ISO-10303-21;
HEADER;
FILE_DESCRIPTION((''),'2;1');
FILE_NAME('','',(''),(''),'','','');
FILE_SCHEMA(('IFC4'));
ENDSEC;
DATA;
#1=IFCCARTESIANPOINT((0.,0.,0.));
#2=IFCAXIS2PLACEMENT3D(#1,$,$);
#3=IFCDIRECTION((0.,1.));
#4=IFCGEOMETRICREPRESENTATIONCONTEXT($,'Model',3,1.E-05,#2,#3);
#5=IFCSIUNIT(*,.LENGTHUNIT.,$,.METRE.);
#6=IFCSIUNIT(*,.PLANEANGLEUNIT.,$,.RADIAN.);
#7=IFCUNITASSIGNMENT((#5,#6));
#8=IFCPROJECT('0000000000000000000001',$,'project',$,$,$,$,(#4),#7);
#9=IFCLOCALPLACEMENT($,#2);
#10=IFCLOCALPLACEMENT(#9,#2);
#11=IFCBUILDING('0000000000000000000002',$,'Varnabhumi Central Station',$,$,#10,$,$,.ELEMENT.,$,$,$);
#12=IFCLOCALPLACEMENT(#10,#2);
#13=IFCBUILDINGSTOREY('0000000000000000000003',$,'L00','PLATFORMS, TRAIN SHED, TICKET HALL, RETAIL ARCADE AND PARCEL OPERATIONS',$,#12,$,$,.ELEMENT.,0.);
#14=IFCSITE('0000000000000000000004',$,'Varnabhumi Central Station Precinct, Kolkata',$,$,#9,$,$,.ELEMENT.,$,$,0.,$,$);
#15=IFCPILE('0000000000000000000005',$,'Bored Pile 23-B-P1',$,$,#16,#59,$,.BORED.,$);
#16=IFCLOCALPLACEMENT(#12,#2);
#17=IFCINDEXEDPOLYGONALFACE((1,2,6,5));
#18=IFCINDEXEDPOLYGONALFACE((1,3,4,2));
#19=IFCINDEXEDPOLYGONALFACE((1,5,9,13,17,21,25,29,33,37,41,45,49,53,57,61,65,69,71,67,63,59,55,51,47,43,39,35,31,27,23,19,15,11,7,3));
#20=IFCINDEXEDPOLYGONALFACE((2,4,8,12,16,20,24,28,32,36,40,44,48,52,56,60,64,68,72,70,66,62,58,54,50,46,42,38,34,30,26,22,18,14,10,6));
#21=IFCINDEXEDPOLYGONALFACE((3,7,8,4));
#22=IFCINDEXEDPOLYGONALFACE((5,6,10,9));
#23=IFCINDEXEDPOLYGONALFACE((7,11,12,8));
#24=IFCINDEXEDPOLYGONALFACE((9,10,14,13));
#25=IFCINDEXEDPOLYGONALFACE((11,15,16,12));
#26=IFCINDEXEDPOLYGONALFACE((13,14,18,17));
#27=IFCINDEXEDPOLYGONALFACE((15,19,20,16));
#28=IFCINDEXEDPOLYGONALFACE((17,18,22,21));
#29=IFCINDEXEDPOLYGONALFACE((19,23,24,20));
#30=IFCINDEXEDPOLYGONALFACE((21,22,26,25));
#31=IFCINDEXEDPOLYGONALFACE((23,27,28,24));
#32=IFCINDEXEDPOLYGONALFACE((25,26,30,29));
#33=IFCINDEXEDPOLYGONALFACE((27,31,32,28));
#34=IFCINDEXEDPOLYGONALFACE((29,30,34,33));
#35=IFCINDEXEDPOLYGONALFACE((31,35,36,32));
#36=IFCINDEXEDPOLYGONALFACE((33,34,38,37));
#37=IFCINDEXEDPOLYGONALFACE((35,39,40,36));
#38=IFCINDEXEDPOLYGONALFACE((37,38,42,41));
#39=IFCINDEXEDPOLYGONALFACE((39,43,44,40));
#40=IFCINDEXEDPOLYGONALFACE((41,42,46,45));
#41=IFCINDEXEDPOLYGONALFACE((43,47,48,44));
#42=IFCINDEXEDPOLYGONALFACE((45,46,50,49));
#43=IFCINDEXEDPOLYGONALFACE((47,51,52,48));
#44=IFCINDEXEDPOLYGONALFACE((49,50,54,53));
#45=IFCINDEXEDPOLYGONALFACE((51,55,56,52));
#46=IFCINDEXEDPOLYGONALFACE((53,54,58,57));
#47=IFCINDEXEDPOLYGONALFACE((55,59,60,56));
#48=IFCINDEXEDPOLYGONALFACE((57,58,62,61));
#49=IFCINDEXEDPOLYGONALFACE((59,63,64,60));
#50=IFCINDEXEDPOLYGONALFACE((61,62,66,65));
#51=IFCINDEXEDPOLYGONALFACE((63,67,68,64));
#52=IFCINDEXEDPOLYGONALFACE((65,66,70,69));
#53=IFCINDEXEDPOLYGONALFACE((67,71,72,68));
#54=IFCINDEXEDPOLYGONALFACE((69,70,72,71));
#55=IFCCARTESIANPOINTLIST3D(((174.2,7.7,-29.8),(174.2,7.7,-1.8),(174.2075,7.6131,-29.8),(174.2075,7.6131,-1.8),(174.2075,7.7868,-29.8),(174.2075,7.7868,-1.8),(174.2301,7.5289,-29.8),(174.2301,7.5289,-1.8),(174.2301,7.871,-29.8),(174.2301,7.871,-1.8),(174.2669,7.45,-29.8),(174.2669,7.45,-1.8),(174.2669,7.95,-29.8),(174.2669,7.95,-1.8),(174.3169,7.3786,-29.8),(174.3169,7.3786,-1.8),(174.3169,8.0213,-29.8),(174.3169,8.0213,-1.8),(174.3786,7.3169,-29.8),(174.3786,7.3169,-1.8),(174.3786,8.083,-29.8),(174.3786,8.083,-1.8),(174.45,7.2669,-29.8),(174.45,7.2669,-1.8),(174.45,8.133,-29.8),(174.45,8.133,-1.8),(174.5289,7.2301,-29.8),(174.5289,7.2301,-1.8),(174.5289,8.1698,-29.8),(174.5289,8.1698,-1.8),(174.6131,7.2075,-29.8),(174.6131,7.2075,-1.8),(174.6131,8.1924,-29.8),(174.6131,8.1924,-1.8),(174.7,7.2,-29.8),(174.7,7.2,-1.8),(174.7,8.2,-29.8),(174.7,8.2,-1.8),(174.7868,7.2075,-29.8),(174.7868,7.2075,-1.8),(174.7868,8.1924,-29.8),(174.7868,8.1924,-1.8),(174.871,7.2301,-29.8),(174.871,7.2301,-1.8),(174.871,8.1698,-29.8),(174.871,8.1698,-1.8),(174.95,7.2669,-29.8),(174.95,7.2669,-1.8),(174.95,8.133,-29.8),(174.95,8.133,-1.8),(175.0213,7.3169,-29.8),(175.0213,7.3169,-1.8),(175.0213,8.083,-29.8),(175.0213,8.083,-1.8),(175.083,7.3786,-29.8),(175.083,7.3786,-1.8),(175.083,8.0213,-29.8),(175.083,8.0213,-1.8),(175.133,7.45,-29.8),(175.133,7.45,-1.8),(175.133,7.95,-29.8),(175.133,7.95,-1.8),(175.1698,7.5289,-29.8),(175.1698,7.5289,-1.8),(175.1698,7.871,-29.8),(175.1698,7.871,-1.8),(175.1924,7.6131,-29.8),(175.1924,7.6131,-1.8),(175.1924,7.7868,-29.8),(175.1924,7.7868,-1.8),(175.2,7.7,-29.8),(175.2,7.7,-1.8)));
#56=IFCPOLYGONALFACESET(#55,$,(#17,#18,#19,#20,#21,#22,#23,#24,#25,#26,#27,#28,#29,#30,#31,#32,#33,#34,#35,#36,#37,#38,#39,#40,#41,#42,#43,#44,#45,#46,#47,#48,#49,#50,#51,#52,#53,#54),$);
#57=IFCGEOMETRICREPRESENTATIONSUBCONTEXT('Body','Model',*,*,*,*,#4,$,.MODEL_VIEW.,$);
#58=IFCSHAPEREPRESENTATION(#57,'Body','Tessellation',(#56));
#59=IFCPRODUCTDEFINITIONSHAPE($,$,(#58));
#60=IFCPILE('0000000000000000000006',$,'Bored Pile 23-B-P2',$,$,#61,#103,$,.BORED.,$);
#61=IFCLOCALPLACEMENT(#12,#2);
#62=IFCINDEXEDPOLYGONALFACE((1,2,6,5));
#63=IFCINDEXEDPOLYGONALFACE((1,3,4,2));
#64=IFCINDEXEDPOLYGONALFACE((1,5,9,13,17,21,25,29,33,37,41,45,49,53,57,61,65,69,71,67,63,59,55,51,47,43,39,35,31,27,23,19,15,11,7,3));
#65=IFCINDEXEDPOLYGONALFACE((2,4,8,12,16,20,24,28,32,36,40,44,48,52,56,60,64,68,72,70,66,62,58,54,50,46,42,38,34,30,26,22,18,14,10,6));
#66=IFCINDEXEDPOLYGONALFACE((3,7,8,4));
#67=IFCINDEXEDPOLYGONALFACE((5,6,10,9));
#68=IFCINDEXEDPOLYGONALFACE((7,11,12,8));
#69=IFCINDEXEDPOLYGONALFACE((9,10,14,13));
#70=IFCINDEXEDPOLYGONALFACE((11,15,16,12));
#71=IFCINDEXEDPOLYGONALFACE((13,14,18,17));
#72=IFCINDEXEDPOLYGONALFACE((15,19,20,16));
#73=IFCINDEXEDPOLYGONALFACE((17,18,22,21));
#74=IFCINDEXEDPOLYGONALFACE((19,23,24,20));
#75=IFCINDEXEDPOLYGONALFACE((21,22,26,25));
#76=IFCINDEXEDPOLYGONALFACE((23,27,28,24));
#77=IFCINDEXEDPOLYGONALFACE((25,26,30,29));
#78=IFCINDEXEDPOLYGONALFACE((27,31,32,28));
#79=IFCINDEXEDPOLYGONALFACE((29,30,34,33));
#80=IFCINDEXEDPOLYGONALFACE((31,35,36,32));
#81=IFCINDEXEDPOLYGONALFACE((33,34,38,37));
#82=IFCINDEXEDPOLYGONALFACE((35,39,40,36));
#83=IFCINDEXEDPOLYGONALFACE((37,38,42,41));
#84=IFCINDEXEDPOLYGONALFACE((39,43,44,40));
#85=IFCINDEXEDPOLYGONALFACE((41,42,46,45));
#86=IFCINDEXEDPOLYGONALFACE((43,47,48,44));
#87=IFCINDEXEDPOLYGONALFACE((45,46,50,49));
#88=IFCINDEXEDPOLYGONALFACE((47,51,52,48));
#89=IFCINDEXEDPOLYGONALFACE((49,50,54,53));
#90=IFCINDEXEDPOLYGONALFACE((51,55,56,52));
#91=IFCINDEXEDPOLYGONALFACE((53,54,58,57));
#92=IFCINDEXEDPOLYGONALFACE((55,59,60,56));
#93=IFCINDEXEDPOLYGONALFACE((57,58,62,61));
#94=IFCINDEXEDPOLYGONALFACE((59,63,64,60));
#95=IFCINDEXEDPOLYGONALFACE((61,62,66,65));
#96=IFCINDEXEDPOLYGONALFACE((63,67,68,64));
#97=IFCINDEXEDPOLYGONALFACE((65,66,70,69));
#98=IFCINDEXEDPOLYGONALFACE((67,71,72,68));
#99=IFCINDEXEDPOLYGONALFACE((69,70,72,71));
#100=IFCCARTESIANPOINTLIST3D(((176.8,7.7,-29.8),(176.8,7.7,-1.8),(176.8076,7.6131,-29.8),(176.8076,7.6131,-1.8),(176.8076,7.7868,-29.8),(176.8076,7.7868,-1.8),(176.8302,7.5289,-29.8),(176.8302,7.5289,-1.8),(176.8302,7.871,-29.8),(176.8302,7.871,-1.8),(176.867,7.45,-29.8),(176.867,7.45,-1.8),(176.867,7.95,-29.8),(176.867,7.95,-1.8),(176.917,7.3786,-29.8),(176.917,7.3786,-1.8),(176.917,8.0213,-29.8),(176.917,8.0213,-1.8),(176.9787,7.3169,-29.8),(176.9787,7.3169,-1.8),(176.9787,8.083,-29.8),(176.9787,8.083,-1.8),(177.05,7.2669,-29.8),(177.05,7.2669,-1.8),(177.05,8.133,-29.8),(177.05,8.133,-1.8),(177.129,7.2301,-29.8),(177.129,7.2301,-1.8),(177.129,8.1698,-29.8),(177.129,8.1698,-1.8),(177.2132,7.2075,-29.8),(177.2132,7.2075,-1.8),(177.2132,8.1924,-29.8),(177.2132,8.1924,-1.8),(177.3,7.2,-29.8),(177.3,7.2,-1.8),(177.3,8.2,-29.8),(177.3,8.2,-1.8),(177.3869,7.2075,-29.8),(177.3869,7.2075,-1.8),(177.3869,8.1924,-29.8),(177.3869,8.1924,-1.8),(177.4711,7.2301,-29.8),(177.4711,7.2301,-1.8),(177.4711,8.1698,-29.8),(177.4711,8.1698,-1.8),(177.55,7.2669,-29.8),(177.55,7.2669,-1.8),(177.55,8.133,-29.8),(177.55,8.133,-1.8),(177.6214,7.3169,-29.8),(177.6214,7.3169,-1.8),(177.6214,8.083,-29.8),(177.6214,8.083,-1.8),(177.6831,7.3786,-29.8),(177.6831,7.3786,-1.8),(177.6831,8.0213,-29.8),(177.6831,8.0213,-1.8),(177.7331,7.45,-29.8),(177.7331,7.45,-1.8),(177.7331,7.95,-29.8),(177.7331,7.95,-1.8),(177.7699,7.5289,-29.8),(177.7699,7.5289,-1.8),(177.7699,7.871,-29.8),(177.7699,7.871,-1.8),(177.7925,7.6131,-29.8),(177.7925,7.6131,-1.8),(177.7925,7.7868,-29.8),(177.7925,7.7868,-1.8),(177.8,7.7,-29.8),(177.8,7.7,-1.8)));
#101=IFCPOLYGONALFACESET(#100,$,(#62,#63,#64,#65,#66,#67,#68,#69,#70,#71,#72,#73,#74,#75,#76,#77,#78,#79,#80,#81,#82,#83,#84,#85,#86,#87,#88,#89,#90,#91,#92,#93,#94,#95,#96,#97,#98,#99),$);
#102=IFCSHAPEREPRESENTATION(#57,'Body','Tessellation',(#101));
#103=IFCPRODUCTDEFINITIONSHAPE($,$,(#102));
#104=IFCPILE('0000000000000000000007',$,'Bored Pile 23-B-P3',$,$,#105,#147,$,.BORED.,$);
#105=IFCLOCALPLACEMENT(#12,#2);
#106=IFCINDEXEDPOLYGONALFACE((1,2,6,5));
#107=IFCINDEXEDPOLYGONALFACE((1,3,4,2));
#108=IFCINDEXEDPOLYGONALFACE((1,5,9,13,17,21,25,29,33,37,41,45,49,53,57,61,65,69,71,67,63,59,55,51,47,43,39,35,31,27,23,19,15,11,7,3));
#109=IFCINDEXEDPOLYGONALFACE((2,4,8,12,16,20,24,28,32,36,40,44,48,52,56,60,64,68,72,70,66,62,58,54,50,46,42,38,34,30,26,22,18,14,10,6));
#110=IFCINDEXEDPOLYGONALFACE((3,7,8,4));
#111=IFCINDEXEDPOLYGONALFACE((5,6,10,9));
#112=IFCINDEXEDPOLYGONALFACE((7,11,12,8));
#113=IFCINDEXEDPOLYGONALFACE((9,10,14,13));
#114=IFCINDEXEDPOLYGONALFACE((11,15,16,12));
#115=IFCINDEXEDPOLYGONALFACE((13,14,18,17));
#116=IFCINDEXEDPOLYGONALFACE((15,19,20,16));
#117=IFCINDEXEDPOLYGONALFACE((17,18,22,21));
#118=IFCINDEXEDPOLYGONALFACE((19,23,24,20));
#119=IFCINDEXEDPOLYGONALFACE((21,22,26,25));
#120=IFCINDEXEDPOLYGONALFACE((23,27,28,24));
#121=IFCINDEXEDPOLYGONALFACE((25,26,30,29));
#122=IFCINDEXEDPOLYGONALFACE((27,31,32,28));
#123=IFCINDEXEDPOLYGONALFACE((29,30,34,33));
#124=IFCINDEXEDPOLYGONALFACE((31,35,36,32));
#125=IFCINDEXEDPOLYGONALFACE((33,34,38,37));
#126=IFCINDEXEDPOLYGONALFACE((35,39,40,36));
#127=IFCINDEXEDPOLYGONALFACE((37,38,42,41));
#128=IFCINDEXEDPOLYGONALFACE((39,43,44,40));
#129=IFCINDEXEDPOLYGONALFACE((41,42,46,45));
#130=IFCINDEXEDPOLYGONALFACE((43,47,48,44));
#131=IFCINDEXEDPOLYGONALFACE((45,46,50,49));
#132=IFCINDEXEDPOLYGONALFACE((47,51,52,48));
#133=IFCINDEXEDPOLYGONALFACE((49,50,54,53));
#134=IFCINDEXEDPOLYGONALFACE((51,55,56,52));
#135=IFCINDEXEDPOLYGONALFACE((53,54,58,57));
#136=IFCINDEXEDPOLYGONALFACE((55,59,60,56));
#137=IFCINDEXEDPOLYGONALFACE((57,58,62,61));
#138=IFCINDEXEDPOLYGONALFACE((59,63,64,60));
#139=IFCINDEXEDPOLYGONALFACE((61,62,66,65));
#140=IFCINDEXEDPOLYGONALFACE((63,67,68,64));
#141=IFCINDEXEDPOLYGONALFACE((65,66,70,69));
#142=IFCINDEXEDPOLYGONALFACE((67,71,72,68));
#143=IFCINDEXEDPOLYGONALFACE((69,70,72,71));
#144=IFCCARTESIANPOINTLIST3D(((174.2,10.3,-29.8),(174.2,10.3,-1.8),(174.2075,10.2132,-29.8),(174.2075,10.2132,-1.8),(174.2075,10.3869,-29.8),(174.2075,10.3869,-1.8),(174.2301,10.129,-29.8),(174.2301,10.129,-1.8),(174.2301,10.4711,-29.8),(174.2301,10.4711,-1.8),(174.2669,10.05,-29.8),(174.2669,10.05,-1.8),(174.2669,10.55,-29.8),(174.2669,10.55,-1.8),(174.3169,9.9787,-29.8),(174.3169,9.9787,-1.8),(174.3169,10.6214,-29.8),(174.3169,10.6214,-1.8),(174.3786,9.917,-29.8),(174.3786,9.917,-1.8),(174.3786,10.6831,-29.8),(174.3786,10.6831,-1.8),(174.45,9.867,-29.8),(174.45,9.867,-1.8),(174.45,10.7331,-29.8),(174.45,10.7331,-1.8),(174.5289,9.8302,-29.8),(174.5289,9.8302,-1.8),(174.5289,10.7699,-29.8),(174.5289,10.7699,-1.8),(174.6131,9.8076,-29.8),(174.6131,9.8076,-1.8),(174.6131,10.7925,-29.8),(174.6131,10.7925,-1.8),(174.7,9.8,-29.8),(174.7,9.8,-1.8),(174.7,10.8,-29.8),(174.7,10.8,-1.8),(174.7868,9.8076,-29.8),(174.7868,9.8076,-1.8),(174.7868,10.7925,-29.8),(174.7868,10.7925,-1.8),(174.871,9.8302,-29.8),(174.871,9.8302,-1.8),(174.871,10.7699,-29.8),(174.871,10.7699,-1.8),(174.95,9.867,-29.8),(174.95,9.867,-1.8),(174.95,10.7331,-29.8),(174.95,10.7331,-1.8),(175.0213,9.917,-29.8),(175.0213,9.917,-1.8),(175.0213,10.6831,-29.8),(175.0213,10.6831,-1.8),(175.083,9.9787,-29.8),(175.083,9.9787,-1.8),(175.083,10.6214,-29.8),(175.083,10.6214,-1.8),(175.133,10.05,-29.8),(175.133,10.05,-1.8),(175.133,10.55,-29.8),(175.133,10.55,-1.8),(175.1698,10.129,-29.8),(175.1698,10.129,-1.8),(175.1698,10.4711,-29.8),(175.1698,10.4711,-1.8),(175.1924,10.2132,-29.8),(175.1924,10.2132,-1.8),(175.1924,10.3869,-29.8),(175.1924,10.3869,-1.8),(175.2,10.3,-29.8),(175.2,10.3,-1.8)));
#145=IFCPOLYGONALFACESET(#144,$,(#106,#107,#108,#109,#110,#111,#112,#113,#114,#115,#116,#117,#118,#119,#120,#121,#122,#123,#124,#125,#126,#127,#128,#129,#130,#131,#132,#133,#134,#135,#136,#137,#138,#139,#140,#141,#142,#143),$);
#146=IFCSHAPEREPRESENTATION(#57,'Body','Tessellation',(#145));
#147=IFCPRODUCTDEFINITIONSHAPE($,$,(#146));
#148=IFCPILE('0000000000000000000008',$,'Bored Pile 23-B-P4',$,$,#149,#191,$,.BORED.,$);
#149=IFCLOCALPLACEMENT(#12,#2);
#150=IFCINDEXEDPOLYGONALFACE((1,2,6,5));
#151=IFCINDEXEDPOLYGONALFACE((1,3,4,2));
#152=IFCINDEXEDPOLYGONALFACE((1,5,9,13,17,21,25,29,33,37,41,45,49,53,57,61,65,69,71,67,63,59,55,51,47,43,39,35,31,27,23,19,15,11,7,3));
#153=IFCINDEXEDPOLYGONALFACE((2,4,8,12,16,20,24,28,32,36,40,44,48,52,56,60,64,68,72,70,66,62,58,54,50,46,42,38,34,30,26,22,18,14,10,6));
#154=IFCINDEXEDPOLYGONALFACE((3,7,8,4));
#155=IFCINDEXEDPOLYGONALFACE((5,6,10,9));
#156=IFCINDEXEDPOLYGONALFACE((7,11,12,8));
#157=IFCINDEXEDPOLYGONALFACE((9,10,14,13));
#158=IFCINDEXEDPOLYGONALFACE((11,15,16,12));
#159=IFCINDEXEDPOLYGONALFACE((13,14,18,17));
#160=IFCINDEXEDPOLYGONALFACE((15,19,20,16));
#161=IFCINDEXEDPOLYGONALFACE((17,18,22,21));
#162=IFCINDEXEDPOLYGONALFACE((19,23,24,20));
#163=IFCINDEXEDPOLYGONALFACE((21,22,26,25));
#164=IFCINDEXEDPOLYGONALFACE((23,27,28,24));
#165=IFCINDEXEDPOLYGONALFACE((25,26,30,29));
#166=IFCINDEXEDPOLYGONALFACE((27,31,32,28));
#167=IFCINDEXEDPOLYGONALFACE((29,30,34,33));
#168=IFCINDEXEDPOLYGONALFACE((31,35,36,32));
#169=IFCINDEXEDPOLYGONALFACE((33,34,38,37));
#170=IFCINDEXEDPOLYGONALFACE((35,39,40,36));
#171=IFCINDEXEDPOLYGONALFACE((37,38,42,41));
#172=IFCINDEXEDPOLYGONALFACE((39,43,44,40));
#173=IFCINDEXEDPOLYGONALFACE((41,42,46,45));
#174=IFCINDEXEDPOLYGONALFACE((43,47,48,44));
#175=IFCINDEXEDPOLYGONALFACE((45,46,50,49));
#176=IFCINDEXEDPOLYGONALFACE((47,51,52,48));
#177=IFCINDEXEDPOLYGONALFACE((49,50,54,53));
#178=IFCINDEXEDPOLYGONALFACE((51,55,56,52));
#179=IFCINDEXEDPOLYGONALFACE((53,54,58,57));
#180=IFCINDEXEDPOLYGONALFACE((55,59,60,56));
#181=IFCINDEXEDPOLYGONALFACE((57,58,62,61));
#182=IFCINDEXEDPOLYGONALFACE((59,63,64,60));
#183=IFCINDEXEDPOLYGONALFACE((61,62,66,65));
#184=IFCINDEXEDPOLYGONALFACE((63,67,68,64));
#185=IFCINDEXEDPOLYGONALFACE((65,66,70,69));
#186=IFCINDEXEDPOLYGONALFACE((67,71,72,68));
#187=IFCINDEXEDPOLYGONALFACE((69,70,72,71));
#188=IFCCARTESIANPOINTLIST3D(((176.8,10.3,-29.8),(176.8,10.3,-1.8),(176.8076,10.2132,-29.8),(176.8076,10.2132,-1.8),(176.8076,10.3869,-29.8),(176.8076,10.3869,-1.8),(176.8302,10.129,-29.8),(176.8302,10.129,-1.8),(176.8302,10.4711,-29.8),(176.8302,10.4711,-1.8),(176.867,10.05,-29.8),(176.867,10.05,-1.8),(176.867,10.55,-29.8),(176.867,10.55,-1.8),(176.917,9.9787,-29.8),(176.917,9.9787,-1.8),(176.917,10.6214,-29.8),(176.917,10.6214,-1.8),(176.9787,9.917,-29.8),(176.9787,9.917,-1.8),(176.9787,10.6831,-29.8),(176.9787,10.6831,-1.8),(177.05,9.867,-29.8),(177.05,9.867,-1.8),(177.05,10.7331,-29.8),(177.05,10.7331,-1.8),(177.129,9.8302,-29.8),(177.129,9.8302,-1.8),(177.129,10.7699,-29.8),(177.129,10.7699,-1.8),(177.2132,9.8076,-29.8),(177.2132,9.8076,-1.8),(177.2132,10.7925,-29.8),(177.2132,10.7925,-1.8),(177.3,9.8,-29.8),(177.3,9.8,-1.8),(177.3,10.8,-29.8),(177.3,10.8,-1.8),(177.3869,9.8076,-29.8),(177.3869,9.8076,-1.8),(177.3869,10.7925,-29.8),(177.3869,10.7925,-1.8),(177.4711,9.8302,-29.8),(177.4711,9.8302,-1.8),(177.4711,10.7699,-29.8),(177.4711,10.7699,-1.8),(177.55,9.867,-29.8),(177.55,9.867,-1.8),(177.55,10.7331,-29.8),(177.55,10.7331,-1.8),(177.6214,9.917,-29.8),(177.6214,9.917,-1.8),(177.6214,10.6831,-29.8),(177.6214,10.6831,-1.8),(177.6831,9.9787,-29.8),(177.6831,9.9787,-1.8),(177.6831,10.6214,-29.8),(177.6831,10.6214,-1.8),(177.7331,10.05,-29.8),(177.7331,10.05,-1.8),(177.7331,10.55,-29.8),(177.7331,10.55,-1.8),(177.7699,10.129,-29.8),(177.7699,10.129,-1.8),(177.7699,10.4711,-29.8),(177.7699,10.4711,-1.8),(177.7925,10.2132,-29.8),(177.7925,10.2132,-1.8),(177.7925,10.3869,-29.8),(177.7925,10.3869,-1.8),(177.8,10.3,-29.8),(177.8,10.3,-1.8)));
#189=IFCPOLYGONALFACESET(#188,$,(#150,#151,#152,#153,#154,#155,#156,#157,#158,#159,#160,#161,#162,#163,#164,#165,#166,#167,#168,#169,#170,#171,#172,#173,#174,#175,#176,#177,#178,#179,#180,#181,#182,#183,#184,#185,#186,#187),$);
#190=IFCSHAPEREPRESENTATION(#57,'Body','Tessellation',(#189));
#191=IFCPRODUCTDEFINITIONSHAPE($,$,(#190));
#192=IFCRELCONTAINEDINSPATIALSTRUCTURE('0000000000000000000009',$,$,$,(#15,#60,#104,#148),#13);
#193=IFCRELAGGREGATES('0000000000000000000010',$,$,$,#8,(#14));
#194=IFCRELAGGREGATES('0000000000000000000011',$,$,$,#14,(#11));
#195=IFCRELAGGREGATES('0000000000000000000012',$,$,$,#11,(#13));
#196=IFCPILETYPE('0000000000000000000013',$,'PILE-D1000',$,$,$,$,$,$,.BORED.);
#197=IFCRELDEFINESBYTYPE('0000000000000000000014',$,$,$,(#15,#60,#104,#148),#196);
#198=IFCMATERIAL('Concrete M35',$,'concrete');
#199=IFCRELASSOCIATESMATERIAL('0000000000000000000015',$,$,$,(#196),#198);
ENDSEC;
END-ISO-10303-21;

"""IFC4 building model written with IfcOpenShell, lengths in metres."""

from ifc_helpers import new_model, si_unit, direction, frame, origin, origin_2d, place, context, subcontext, project, spatial, circle, extrude, material, material_profile, profile_set, type_object, element, save


model = new_model("IFC4")

# Units and contexts
model_context = context("Model", 3, precision=1e-05, world=origin(), true_north=direction((0.0, 1.0)))
body_context = subcontext(model_context, "Body", "Model", "MODEL_VIEW")
ifc_project = project(units=[si_unit("LENGTHUNIT", "METRE"), si_unit("PLANEANGLEUNIT", "RADIAN")], contexts=[model_context])

# Site, building, storey
site_placement = place(None, origin())
site = spatial("IfcSite", under=ifc_project, at=site_placement, Name="Varnabhumi Central Station Precinct, Kolkata", CompositionType="ELEMENT", RefElevation=0.0)
building_placement = place(site_placement, origin())
building = spatial("IfcBuilding", under=site, at=building_placement, Name="Varnabhumi Central Station", CompositionType="ELEMENT")
storey_placement = place(building_placement, origin())
storey = spatial("IfcBuildingStorey", under=building, at=storey_placement, Name="L00", Description="PLATFORMS, TRAIN SHED, TICKET HALL, RETAIL ARCADE AND PARCEL OPERATIONS", CompositionType="ELEMENT", Elevation=0.0)

# Piles
ifc_material_1 = material(Name="Concrete M35", Category="concrete")
ifc_material_profile_1 = material_profile(ifc_material_1, circle(Radius=0.5, at=origin_2d()), Name="Concrete M35", Category="concrete")
ifc_profile_set_1 = profile_set([ifc_material_profile_1], Name="Concrete M35")
pile_type = type_object("IfcPileType", Name="PILE-D1000", PredefinedType="BORED", material=ifc_profile_set_1)
for number, where, z_axis, x_axis, name in (
    (1, (174.7, 7.7, -1.8), (0.0, 0.0, -1.0), (1.0, 0.0, 0.0), "Bored Pile 23-B-P1"),
    (2, (177.3, 7.7, -1.8), (0.0, 0.0, -1.0), (1.0, 0.0, 0.0), "Bored Pile 23-B-P2"),
    (3, (174.7, 10.3, -1.8), (0.0, 0.0, -1.0), (1.0, 0.0, 0.0), "Bored Pile 23-B-P3"),
    (4, (177.3, 10.3, -1.8), (0.0, 0.0, -1.0), (1.0, 0.0, 0.0), "Bored Pile 23-B-P4"),
):
    element("IfcPile", number, at=place(storey_placement, frame(where, z_axis=z_axis, x_axis=x_axis)), inside=storey, type_object=pile_type, Name=name, PredefinedType="BORED", context=body_context, shape_type="SweptSolid", body=[
        extrude(circle(Radius=0.5, at=origin_2d()), origin(), (0.0, 0.0, 1.0), 28.0),
    ])

save(model, "model.ifc")
